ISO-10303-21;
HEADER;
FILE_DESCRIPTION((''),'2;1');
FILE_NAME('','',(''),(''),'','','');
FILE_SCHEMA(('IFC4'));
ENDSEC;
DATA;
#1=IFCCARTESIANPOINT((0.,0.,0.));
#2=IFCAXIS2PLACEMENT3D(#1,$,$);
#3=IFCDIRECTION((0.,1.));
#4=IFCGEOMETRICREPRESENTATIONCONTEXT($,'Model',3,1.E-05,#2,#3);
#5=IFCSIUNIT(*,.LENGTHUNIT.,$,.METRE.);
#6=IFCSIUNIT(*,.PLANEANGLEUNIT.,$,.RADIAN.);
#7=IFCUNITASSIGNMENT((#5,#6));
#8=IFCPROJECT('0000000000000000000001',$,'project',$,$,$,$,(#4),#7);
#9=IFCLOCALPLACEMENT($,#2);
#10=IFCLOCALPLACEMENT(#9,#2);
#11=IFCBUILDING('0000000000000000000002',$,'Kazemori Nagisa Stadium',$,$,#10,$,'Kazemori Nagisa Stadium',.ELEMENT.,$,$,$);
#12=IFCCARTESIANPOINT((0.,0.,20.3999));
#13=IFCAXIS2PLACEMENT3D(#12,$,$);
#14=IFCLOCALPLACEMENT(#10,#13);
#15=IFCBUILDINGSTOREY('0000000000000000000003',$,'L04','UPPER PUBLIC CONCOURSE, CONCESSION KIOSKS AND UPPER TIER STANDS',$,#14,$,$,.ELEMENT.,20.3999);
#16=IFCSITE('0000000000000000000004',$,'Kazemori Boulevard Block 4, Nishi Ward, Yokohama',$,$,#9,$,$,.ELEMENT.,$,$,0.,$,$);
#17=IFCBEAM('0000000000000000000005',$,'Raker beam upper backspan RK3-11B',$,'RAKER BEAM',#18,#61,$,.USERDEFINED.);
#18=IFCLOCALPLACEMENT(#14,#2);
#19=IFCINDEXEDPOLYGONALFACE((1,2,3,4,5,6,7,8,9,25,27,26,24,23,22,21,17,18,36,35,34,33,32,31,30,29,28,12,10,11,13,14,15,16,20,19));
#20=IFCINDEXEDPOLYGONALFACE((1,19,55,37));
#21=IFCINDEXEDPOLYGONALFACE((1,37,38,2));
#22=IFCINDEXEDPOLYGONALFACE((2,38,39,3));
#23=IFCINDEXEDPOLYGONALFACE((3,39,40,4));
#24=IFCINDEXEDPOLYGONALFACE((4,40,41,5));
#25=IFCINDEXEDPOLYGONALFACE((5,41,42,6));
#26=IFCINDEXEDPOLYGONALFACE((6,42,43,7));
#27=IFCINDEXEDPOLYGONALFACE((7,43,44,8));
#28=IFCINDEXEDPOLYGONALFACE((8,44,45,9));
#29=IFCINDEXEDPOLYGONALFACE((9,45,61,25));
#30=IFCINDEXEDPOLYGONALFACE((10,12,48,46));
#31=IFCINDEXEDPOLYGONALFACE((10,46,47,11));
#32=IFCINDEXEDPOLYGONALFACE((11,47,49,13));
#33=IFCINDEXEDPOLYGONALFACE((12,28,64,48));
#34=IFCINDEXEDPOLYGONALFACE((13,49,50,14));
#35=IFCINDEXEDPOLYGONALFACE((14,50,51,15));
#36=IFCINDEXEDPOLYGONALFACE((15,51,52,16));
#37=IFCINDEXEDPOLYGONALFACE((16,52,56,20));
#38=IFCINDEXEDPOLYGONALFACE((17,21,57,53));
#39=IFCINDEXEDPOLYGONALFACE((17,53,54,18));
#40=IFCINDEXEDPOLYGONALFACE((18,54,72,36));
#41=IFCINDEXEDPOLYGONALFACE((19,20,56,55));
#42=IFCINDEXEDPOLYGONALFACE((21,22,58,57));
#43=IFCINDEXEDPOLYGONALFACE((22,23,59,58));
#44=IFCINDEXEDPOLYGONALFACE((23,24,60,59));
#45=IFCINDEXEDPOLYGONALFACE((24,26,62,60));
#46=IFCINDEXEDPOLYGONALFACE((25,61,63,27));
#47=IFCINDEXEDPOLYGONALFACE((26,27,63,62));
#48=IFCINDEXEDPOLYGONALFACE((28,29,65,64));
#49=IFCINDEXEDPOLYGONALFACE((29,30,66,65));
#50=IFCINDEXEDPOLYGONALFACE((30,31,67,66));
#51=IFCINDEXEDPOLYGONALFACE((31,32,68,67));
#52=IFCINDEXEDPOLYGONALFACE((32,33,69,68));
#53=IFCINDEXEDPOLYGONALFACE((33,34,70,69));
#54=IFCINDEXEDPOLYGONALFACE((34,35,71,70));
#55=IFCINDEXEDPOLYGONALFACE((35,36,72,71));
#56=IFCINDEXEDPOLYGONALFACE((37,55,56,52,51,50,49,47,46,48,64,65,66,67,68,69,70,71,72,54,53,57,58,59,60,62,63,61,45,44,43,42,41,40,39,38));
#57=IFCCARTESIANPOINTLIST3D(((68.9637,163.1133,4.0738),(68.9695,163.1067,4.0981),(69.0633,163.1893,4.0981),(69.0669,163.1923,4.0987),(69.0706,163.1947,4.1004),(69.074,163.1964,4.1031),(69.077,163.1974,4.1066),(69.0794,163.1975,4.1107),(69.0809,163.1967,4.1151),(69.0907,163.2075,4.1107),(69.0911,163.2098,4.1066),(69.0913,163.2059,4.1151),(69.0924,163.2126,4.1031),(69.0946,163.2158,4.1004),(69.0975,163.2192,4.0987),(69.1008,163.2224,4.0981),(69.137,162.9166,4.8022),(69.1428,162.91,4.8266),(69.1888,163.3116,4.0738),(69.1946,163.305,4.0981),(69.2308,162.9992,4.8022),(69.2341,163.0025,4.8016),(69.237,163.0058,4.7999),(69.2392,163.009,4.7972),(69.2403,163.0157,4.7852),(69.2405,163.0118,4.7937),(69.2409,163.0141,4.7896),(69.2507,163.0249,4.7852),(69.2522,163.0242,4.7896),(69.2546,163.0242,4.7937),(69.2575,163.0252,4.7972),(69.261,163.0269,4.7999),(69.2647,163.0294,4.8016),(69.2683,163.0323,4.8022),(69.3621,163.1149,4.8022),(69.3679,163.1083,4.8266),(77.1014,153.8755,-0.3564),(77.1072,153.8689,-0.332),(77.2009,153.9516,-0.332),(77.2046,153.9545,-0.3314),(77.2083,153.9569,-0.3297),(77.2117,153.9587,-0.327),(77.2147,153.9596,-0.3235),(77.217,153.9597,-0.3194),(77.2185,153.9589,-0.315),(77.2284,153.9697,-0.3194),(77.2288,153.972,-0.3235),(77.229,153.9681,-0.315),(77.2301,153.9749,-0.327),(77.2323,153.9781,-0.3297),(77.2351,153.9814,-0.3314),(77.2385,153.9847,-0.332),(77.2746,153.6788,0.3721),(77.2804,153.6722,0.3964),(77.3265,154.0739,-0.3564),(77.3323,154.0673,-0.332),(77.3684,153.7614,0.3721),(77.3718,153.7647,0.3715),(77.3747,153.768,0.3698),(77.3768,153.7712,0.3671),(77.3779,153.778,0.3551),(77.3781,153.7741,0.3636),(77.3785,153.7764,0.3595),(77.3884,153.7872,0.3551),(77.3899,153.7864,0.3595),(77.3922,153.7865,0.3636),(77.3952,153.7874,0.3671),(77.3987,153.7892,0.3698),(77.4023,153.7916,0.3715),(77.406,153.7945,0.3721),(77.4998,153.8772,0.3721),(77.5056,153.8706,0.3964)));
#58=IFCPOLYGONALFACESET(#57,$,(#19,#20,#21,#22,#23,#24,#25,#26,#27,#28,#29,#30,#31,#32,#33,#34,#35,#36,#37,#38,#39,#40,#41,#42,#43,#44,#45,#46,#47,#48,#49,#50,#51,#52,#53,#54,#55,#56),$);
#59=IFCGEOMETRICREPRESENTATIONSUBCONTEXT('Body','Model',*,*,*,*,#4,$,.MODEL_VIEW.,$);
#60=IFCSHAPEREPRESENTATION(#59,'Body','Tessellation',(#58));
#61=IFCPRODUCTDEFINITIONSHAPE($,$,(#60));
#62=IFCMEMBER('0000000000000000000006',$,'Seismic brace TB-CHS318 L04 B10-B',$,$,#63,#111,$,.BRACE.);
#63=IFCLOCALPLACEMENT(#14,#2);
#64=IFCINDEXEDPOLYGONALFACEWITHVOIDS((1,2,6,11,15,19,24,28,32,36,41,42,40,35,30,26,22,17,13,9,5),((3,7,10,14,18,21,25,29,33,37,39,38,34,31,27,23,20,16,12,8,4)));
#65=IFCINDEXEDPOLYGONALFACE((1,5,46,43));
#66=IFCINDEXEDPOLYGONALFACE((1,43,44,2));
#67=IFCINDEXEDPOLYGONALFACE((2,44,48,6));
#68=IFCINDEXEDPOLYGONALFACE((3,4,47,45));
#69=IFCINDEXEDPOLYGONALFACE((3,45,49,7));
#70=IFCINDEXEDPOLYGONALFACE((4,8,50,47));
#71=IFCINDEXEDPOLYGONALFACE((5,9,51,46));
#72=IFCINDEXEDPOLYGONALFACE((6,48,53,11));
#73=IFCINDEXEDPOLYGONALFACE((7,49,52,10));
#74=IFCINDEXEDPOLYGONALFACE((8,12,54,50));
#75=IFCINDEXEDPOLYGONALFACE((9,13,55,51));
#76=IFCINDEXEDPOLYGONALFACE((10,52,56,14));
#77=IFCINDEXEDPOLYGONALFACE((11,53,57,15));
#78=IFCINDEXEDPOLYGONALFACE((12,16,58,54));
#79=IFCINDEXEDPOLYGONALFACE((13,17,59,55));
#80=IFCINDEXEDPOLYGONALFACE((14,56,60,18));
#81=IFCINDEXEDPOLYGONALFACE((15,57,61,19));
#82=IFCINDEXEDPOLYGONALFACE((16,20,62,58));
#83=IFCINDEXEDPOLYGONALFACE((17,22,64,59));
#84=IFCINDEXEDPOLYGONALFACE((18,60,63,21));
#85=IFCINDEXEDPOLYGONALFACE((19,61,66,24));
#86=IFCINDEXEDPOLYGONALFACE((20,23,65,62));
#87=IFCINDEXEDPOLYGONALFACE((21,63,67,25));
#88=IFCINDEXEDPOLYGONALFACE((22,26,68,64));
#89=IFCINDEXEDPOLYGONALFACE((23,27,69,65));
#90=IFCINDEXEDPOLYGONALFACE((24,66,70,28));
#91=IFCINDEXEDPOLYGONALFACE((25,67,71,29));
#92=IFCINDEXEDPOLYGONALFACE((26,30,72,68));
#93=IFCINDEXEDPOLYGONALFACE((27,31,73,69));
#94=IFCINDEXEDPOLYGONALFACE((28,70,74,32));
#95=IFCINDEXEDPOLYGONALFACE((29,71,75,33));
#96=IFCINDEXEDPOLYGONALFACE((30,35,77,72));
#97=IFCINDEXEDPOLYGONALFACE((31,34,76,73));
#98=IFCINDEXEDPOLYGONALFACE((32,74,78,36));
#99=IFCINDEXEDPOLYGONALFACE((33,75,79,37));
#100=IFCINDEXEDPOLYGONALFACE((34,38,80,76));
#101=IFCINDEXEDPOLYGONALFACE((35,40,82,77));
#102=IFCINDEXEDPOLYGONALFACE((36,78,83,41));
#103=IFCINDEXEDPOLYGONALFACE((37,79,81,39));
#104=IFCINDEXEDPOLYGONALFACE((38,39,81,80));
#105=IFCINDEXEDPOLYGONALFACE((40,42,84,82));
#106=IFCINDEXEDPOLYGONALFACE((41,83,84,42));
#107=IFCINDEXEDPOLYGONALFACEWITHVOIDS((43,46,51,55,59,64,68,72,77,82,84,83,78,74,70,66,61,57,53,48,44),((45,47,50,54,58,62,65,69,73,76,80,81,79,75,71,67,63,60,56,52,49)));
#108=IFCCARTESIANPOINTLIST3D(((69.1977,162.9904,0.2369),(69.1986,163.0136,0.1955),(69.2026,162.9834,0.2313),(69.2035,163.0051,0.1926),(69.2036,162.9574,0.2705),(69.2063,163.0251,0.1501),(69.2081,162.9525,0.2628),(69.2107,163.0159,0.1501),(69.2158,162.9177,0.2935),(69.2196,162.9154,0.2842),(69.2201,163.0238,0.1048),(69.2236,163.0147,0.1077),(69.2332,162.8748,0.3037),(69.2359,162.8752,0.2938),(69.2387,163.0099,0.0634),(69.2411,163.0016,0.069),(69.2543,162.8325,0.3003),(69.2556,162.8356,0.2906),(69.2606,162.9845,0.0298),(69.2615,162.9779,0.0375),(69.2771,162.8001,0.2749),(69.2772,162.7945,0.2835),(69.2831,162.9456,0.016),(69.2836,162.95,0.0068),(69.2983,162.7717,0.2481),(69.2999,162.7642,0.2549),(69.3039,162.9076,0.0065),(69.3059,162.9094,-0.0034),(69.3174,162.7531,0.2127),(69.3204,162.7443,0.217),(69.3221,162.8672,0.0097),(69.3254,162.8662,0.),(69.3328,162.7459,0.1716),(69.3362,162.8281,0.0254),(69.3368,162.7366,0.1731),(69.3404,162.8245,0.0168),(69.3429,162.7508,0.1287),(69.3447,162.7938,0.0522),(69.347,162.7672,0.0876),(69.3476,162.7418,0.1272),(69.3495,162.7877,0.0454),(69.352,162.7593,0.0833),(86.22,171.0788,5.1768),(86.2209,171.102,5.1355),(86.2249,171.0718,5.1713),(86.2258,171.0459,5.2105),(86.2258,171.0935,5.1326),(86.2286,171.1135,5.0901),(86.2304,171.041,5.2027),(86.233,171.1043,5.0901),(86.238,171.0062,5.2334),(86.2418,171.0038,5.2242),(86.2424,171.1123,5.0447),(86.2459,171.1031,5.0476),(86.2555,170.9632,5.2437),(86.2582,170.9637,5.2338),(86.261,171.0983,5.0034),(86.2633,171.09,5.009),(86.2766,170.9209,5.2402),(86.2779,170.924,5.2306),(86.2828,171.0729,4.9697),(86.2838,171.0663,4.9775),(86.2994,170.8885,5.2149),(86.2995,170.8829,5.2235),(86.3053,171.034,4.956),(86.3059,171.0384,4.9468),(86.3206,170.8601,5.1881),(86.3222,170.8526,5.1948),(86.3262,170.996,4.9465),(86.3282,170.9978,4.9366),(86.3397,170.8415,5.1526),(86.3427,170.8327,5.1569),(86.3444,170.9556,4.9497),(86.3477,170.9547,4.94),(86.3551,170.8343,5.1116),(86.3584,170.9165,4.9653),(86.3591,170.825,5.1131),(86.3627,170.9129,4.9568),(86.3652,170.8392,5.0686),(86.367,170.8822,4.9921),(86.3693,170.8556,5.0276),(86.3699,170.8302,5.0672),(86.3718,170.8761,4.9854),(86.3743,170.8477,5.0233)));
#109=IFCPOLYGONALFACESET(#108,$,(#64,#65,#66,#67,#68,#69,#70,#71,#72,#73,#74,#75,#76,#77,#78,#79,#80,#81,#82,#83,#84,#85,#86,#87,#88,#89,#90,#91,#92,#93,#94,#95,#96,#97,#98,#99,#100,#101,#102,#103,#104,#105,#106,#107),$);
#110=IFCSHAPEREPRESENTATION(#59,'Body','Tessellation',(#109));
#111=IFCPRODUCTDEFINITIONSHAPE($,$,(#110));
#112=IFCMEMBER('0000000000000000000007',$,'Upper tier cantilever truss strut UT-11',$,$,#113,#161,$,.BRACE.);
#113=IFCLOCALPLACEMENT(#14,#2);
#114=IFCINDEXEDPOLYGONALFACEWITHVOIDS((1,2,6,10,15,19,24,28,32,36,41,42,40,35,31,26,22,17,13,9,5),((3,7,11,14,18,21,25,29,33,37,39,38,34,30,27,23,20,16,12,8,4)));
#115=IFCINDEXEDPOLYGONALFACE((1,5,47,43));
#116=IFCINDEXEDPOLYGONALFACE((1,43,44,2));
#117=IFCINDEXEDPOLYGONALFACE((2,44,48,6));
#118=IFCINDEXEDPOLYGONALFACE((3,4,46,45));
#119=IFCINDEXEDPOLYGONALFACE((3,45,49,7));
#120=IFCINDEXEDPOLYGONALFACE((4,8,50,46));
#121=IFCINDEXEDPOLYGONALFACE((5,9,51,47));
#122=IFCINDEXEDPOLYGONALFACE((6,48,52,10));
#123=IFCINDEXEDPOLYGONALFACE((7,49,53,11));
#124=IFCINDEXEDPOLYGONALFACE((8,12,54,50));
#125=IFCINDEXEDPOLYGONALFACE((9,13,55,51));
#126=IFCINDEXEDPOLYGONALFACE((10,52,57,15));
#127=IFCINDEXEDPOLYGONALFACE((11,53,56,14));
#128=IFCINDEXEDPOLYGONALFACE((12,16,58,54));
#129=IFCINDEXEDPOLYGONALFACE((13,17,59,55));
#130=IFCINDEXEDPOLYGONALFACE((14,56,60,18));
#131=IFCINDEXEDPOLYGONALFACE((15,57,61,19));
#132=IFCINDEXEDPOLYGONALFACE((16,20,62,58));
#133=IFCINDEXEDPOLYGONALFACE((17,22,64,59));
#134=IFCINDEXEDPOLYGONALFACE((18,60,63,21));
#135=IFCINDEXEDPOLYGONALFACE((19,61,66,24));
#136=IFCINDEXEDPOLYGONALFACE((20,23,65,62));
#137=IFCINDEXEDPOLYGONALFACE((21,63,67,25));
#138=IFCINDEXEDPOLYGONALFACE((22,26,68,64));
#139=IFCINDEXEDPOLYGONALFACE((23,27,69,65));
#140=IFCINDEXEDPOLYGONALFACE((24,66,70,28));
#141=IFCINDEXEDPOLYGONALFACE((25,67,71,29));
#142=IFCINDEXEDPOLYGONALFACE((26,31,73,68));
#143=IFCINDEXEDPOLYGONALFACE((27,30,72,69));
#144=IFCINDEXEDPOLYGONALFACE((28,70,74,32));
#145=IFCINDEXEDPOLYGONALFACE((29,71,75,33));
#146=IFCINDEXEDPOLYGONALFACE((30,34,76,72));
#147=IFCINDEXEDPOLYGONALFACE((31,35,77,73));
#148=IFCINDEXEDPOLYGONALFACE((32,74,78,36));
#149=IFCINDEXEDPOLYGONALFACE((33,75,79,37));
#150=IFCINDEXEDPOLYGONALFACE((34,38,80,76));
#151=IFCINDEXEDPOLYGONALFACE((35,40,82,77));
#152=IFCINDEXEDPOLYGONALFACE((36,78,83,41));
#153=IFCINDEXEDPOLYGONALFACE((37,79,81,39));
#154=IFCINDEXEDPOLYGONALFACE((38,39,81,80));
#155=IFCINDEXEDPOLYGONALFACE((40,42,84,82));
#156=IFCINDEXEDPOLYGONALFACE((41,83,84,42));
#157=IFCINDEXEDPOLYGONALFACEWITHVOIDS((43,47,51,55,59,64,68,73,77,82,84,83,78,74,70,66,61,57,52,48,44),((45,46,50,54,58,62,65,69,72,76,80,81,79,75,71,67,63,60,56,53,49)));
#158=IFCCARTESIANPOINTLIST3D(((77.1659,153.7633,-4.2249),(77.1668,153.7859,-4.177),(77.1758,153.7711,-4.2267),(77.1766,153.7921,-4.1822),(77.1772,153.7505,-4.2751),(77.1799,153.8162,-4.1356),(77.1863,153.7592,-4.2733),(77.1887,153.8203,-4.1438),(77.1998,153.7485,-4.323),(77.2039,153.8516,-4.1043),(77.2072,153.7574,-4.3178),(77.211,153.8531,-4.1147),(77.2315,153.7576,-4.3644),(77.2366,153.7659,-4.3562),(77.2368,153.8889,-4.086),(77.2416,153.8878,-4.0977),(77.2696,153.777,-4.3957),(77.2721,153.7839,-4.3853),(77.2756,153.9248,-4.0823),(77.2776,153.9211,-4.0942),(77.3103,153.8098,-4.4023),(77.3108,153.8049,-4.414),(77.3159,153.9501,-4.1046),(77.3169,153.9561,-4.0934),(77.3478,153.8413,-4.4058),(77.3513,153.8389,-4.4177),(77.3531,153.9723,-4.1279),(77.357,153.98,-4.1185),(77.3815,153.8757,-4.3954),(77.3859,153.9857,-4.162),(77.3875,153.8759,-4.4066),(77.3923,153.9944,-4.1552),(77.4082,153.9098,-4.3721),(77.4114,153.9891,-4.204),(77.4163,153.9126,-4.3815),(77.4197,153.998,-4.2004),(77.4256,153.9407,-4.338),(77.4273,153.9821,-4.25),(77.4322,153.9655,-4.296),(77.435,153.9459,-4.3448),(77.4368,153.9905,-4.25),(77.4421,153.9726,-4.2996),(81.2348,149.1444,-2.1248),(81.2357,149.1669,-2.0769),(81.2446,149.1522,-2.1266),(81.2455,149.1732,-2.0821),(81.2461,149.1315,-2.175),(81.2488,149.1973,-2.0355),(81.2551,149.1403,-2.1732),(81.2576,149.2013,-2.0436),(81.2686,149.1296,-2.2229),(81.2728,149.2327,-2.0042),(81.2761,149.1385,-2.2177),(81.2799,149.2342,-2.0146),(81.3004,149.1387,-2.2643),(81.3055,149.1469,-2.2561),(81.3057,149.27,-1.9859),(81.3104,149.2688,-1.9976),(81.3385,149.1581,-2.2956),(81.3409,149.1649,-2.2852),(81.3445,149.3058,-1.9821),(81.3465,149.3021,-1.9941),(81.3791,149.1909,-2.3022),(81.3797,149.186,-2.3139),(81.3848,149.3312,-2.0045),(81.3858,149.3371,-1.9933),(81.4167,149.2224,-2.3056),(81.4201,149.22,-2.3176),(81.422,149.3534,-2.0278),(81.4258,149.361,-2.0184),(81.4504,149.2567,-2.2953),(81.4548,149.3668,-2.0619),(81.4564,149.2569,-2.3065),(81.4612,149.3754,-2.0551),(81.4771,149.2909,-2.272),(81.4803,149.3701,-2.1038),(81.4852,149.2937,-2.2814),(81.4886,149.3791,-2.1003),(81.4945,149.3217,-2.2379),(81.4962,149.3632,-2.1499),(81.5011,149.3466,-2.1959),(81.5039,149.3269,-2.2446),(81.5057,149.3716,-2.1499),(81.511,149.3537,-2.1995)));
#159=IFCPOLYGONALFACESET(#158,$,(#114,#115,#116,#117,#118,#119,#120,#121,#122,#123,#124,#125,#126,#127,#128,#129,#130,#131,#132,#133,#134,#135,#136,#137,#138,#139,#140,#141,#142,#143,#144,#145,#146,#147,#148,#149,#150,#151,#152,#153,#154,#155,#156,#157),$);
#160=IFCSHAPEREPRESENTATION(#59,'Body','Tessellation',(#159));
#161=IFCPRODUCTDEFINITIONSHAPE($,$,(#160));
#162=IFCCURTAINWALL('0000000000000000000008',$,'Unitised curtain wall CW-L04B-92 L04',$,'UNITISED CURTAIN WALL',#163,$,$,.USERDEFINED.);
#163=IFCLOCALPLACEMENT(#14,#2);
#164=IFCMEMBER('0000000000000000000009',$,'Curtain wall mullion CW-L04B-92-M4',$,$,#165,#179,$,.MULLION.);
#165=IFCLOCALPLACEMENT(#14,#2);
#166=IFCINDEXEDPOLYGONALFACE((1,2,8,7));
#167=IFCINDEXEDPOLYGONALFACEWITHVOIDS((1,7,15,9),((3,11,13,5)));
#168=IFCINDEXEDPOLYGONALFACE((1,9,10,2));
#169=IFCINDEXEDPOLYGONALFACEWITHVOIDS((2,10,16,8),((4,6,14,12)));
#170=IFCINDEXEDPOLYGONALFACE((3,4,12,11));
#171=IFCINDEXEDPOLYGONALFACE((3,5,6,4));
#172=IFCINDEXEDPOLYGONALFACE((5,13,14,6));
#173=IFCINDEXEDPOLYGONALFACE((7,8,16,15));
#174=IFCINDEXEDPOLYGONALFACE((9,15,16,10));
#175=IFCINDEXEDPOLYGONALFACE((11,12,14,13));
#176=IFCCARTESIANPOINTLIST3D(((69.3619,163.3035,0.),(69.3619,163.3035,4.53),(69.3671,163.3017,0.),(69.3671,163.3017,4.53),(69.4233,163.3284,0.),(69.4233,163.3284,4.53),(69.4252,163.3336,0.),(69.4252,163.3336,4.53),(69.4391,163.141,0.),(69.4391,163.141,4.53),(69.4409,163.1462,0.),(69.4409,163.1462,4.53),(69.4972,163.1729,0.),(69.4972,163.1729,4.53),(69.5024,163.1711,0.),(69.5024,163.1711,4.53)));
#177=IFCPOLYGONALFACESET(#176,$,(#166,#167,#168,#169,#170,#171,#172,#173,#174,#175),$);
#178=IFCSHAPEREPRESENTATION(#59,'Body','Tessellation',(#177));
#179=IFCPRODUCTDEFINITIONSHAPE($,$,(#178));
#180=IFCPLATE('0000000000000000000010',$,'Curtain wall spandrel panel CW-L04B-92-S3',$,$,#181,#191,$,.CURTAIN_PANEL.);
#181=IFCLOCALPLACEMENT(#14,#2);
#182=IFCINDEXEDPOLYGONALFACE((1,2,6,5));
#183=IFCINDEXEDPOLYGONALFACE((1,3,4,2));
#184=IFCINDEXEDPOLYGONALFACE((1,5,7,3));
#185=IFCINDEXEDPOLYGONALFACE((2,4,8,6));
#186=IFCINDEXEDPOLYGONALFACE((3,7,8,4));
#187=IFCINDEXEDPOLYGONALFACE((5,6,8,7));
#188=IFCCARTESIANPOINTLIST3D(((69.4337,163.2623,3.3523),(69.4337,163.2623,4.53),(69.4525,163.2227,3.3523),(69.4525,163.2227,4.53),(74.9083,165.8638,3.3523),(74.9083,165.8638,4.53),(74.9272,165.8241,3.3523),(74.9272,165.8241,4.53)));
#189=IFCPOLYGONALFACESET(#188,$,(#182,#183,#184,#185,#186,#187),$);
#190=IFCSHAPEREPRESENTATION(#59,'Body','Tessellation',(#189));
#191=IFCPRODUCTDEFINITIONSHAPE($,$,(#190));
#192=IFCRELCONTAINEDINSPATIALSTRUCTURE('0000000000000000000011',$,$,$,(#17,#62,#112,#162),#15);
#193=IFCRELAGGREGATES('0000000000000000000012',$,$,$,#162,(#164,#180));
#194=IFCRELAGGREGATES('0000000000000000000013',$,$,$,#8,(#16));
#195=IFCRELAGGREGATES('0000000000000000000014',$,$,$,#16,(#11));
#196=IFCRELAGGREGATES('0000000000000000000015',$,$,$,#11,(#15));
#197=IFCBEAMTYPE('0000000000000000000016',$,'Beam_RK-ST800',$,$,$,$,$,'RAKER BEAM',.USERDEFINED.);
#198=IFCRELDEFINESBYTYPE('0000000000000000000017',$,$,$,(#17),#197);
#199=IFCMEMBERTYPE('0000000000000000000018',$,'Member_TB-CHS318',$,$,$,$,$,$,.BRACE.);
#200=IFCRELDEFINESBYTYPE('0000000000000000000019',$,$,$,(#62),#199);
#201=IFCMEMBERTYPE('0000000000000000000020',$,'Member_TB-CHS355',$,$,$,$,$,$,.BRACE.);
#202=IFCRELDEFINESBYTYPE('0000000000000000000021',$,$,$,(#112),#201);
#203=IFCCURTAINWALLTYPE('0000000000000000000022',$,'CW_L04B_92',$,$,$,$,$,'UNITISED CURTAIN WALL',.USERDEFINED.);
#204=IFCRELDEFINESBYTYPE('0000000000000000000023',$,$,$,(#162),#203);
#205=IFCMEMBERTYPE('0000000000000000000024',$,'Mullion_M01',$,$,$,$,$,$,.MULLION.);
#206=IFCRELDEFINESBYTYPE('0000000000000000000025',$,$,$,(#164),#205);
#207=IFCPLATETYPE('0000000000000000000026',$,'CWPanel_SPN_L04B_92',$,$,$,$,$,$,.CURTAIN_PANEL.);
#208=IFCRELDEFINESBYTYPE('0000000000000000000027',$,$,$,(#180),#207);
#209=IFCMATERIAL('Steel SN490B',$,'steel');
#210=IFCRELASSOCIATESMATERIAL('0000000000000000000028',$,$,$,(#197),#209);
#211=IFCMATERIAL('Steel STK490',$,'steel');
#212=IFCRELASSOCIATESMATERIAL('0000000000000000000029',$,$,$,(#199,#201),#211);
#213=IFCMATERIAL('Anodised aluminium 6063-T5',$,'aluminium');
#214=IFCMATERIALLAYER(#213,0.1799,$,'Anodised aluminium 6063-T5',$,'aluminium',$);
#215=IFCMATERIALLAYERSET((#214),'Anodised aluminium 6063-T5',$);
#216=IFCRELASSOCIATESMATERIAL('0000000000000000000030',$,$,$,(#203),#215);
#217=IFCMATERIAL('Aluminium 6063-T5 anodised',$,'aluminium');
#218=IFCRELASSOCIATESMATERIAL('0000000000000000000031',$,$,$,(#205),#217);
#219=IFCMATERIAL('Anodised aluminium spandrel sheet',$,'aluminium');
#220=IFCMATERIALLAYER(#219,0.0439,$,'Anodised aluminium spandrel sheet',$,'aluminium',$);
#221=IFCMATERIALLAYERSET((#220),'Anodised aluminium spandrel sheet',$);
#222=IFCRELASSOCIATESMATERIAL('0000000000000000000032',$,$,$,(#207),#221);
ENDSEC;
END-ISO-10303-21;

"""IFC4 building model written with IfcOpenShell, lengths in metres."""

from ifc_helpers import new_model, si_unit, direction, frame, origin, origin_2d, place, context, subcontext, project, spatial, rectangle, hollow_rectangle, hollow_circle, i_section, extrude, material, layer, layer_set, material_profile, profile_set, type_object, element, aggregate, save


model = new_model("IFC4")

# Units and contexts
model_context = context("Model", 3, precision=1e-05, world=origin(), true_north=direction((0.0, 1.0)))
body_context = subcontext(model_context, "Body", "Model", "MODEL_VIEW")
ifc_project = project(units=[si_unit("LENGTHUNIT", "METRE"), si_unit("PLANEANGLEUNIT", "RADIAN")], contexts=[model_context])

# Site, building, storey
site_placement = place(None, origin())
site = spatial("IfcSite", under=ifc_project, at=site_placement, Name="Kazemori Boulevard Block 4, Nishi Ward, Yokohama", CompositionType="ELEMENT", RefElevation=0.0)
building_placement = place(site_placement, origin())
building = spatial("IfcBuilding", under=site, at=building_placement, Name="Kazemori Nagisa Stadium", LongName="Kazemori Nagisa Stadium", CompositionType="ELEMENT")
storey_placement = place(building_placement, frame((0.0, 0.0, 20.3999)))
storey = spatial("IfcBuildingStorey", under=building, at=storey_placement, Name="L04", Description="UPPER PUBLIC CONCOURSE, CONCESSION KIOSKS AND UPPER TIER STANDS", CompositionType="ELEMENT", Elevation=20.3999)

# Beam
ifc_material_1 = material(Name="Steel SN490B", Category="steel")
ifc_material_profile_1 = material_profile(ifc_material_1, i_section(OverallWidth=0.3, OverallDepth=0.8, WebThickness=0.0139, FlangeThickness=0.0259, FilletRadius=0.0181, at=origin_2d()), Name="H-800x300x14x26")
ifc_profile_set_1 = profile_set([ifc_material_profile_1], Name="Steel SN490B")
beam_type_1 = type_object("IfcBeamType", Name="Beam_RK-ST800", ElementType="RAKER BEAM", PredefinedType="USERDEFINED", material=ifc_profile_set_1)
beam_1_placement = place(storey_placement, frame((77.3035, 153.873, 0.02), z_axis=(-0.621968, 0.706049, 0.338601), x_axis=(-0.750374, -0.661014, 0.0)))
element("IfcBeam", 1, at=beam_1_placement, inside=storey, type_object=beam_type_1, Name="Raker beam upper backspan RK3-11B", ObjectType="RAKER BEAM", PredefinedType="USERDEFINED", context=body_context, shape_type="SweptSolid", body=[
    extrude(i_section(OverallWidth=0.3, OverallDepth=0.8, WebThickness=0.0139, FlangeThickness=0.0259, FilletRadius=0.0181, at=origin_2d()), origin(), (0.0, 0.0, 1.0), 13.0837),
])

# Members
ifc_material_2 = material(Name="Steel STK490", Category="steel")
ifc_material_profile_2 = material_profile(ifc_material_2, hollow_circle(Radius=0.1592, WallThickness=0.0103, at=origin_2d()), Name="CHS-318.5x10.3")
ifc_profile_set_2 = profile_set([ifc_material_profile_2], Name="Steel STK490")
member_type_1 = type_object("IfcMemberType", Name="Member_TB-CHS318", PredefinedType="BRACE", material=ifc_profile_set_2)
member_1_placement = place(storey_placement, frame((69.2747, 162.8813, 0.1501), z_axis=(0.873703, 0.415154, 0.253554), x_axis=(-0.429179, 0.903219, 0.0)))
element("IfcMember", 2, at=member_1_placement, inside=storey, type_object=member_type_1, Name="Seismic brace TB-CHS318 L04 B10-B", PredefinedType="BRACE", context=body_context, shape_type="SweptSolid", body=[
    extrude(hollow_circle(Radius=0.1592, WallThickness=0.0103, at=origin_2d()), origin(), (0.0, 0.0, 1.0), 19.4829),
])
ifc_material_profile_3 = material_profile(ifc_material_2, hollow_circle(Radius=0.1777, WallThickness=0.0127, at=origin_2d()), Name="CHS-355.6x12.7")
ifc_profile_set_3 = profile_set([ifc_material_profile_3], Name="Steel STK490")
member_type_2 = type_object("IfcMemberType", Name="Member_TB-CHS355", PredefinedType="BRACE", material=ifc_profile_set_3)
member_2_placement = place(storey_placement, frame((77.3035, 153.873, -4.25), z_axis=(0.625605, -0.710178, 0.3229), x_axis=(0.750374, 0.661014, 0.0)))
element("IfcMember", 3, at=member_2_placement, inside=storey, type_object=member_type_2, Name="Upper tier cantilever truss strut UT-11", PredefinedType="BRACE", context=body_context, shape_type="SweptSolid", body=[
    extrude(hollow_circle(Radius=0.1777, WallThickness=0.0127, at=origin_2d()), origin(), (0.0, 0.0, 1.0), 6.5039),
])

# Curtain wall, member, plate
ifc_material_3 = material(Name="Anodised aluminium 6063-T5", Category="aluminium")
ifc_layer_1 = layer(ifc_material_3, 0.1799, Name="Anodised aluminium 6063-T5", Category="aluminium")
ifc_layer_set_1 = layer_set([ifc_layer_1], Name="Anodised aluminium 6063-T5")
curtain_wall_type = type_object("IfcCurtainWallType", Name="CW_L04B_92", ElementType="UNITISED CURTAIN WALL", PredefinedType="USERDEFINED", material=ifc_layer_set_1)
curtain_wall_placement = place(storey_placement, origin())
curtain_wall = element("IfcCurtainWall", 4, at=curtain_wall_placement, inside=storey, type_object=curtain_wall_type, Name="Unitised curtain wall CW-L04B-92 L04", ObjectType="UNITISED CURTAIN WALL", PredefinedType="USERDEFINED")
ifc_material_4 = material(Name="Aluminium 6063-T5 anodised", Category="aluminium")
ifc_material_profile_4 = material_profile(ifc_material_4, hollow_rectangle(XDim=0.0701, YDim=0.1799, WallThickness=0.0039, at=origin_2d()), Name="ALU-MULL-70x180x4")
ifc_profile_set_4 = profile_set([ifc_material_profile_4], Name="Aluminium 6063-T5 anodised")
member_type_3 = type_object("IfcMemberType", Name="Mullion_M01", PredefinedType="MULLION", material=ifc_profile_set_4)
member_3_placement = place(storey_placement, frame((69.4321, 163.2373, 0.0), z_axis=(0.0, 0.0, 1.0), x_axis=(-0.903216, -0.429186, 0.0)))
member_3 = element("IfcMember", 5, at=member_3_placement, type_object=member_type_3, Name="Curtain wall mullion CW-L04B-92-M4", PredefinedType="MULLION", context=body_context, shape_type="SweptSolid", body=[
    extrude(hollow_rectangle(XDim=0.0701, YDim=0.1799, WallThickness=0.0039, at=origin_2d()), origin(), (0.0, 0.0, 1.0), 4.53),
])
ifc_material_5 = material(Name="Anodised aluminium spandrel sheet", Category="aluminium")
ifc_layer_2 = layer(ifc_material_5, 0.0439, Name="Anodised aluminium spandrel sheet", Category="aluminium")
ifc_layer_set_2 = layer_set([ifc_layer_2], Name="Anodised aluminium spandrel sheet")
plate_type_1 = type_object("IfcPlateType", Name="CWPanel_SPN_L04B_92", PredefinedType="CURTAIN_PANEL", material=ifc_layer_set_2)
plate_1_placement = place(storey_placement, frame((72.1804, 164.5432, 3.3523), z_axis=(0.0, 0.0, 1.0), x_axis=(-0.903216, -0.429186, 0.0)))
plate_1 = element("IfcPlate", 6, at=plate_1_placement, type_object=plate_type_1, Name="Curtain wall spandrel panel CW-L04B-92-S3", PredefinedType="CURTAIN_PANEL", context=body_context, shape_type="SweptSolid", body=[
    extrude(rectangle(XDim=6.0613, YDim=0.0439, at=origin_2d()), origin(), (0.0, 0.0, 1.0), 1.1777),
])
aggregate(curtain_wall, [member_3, plate_1])

save(model, "model.ifc")
